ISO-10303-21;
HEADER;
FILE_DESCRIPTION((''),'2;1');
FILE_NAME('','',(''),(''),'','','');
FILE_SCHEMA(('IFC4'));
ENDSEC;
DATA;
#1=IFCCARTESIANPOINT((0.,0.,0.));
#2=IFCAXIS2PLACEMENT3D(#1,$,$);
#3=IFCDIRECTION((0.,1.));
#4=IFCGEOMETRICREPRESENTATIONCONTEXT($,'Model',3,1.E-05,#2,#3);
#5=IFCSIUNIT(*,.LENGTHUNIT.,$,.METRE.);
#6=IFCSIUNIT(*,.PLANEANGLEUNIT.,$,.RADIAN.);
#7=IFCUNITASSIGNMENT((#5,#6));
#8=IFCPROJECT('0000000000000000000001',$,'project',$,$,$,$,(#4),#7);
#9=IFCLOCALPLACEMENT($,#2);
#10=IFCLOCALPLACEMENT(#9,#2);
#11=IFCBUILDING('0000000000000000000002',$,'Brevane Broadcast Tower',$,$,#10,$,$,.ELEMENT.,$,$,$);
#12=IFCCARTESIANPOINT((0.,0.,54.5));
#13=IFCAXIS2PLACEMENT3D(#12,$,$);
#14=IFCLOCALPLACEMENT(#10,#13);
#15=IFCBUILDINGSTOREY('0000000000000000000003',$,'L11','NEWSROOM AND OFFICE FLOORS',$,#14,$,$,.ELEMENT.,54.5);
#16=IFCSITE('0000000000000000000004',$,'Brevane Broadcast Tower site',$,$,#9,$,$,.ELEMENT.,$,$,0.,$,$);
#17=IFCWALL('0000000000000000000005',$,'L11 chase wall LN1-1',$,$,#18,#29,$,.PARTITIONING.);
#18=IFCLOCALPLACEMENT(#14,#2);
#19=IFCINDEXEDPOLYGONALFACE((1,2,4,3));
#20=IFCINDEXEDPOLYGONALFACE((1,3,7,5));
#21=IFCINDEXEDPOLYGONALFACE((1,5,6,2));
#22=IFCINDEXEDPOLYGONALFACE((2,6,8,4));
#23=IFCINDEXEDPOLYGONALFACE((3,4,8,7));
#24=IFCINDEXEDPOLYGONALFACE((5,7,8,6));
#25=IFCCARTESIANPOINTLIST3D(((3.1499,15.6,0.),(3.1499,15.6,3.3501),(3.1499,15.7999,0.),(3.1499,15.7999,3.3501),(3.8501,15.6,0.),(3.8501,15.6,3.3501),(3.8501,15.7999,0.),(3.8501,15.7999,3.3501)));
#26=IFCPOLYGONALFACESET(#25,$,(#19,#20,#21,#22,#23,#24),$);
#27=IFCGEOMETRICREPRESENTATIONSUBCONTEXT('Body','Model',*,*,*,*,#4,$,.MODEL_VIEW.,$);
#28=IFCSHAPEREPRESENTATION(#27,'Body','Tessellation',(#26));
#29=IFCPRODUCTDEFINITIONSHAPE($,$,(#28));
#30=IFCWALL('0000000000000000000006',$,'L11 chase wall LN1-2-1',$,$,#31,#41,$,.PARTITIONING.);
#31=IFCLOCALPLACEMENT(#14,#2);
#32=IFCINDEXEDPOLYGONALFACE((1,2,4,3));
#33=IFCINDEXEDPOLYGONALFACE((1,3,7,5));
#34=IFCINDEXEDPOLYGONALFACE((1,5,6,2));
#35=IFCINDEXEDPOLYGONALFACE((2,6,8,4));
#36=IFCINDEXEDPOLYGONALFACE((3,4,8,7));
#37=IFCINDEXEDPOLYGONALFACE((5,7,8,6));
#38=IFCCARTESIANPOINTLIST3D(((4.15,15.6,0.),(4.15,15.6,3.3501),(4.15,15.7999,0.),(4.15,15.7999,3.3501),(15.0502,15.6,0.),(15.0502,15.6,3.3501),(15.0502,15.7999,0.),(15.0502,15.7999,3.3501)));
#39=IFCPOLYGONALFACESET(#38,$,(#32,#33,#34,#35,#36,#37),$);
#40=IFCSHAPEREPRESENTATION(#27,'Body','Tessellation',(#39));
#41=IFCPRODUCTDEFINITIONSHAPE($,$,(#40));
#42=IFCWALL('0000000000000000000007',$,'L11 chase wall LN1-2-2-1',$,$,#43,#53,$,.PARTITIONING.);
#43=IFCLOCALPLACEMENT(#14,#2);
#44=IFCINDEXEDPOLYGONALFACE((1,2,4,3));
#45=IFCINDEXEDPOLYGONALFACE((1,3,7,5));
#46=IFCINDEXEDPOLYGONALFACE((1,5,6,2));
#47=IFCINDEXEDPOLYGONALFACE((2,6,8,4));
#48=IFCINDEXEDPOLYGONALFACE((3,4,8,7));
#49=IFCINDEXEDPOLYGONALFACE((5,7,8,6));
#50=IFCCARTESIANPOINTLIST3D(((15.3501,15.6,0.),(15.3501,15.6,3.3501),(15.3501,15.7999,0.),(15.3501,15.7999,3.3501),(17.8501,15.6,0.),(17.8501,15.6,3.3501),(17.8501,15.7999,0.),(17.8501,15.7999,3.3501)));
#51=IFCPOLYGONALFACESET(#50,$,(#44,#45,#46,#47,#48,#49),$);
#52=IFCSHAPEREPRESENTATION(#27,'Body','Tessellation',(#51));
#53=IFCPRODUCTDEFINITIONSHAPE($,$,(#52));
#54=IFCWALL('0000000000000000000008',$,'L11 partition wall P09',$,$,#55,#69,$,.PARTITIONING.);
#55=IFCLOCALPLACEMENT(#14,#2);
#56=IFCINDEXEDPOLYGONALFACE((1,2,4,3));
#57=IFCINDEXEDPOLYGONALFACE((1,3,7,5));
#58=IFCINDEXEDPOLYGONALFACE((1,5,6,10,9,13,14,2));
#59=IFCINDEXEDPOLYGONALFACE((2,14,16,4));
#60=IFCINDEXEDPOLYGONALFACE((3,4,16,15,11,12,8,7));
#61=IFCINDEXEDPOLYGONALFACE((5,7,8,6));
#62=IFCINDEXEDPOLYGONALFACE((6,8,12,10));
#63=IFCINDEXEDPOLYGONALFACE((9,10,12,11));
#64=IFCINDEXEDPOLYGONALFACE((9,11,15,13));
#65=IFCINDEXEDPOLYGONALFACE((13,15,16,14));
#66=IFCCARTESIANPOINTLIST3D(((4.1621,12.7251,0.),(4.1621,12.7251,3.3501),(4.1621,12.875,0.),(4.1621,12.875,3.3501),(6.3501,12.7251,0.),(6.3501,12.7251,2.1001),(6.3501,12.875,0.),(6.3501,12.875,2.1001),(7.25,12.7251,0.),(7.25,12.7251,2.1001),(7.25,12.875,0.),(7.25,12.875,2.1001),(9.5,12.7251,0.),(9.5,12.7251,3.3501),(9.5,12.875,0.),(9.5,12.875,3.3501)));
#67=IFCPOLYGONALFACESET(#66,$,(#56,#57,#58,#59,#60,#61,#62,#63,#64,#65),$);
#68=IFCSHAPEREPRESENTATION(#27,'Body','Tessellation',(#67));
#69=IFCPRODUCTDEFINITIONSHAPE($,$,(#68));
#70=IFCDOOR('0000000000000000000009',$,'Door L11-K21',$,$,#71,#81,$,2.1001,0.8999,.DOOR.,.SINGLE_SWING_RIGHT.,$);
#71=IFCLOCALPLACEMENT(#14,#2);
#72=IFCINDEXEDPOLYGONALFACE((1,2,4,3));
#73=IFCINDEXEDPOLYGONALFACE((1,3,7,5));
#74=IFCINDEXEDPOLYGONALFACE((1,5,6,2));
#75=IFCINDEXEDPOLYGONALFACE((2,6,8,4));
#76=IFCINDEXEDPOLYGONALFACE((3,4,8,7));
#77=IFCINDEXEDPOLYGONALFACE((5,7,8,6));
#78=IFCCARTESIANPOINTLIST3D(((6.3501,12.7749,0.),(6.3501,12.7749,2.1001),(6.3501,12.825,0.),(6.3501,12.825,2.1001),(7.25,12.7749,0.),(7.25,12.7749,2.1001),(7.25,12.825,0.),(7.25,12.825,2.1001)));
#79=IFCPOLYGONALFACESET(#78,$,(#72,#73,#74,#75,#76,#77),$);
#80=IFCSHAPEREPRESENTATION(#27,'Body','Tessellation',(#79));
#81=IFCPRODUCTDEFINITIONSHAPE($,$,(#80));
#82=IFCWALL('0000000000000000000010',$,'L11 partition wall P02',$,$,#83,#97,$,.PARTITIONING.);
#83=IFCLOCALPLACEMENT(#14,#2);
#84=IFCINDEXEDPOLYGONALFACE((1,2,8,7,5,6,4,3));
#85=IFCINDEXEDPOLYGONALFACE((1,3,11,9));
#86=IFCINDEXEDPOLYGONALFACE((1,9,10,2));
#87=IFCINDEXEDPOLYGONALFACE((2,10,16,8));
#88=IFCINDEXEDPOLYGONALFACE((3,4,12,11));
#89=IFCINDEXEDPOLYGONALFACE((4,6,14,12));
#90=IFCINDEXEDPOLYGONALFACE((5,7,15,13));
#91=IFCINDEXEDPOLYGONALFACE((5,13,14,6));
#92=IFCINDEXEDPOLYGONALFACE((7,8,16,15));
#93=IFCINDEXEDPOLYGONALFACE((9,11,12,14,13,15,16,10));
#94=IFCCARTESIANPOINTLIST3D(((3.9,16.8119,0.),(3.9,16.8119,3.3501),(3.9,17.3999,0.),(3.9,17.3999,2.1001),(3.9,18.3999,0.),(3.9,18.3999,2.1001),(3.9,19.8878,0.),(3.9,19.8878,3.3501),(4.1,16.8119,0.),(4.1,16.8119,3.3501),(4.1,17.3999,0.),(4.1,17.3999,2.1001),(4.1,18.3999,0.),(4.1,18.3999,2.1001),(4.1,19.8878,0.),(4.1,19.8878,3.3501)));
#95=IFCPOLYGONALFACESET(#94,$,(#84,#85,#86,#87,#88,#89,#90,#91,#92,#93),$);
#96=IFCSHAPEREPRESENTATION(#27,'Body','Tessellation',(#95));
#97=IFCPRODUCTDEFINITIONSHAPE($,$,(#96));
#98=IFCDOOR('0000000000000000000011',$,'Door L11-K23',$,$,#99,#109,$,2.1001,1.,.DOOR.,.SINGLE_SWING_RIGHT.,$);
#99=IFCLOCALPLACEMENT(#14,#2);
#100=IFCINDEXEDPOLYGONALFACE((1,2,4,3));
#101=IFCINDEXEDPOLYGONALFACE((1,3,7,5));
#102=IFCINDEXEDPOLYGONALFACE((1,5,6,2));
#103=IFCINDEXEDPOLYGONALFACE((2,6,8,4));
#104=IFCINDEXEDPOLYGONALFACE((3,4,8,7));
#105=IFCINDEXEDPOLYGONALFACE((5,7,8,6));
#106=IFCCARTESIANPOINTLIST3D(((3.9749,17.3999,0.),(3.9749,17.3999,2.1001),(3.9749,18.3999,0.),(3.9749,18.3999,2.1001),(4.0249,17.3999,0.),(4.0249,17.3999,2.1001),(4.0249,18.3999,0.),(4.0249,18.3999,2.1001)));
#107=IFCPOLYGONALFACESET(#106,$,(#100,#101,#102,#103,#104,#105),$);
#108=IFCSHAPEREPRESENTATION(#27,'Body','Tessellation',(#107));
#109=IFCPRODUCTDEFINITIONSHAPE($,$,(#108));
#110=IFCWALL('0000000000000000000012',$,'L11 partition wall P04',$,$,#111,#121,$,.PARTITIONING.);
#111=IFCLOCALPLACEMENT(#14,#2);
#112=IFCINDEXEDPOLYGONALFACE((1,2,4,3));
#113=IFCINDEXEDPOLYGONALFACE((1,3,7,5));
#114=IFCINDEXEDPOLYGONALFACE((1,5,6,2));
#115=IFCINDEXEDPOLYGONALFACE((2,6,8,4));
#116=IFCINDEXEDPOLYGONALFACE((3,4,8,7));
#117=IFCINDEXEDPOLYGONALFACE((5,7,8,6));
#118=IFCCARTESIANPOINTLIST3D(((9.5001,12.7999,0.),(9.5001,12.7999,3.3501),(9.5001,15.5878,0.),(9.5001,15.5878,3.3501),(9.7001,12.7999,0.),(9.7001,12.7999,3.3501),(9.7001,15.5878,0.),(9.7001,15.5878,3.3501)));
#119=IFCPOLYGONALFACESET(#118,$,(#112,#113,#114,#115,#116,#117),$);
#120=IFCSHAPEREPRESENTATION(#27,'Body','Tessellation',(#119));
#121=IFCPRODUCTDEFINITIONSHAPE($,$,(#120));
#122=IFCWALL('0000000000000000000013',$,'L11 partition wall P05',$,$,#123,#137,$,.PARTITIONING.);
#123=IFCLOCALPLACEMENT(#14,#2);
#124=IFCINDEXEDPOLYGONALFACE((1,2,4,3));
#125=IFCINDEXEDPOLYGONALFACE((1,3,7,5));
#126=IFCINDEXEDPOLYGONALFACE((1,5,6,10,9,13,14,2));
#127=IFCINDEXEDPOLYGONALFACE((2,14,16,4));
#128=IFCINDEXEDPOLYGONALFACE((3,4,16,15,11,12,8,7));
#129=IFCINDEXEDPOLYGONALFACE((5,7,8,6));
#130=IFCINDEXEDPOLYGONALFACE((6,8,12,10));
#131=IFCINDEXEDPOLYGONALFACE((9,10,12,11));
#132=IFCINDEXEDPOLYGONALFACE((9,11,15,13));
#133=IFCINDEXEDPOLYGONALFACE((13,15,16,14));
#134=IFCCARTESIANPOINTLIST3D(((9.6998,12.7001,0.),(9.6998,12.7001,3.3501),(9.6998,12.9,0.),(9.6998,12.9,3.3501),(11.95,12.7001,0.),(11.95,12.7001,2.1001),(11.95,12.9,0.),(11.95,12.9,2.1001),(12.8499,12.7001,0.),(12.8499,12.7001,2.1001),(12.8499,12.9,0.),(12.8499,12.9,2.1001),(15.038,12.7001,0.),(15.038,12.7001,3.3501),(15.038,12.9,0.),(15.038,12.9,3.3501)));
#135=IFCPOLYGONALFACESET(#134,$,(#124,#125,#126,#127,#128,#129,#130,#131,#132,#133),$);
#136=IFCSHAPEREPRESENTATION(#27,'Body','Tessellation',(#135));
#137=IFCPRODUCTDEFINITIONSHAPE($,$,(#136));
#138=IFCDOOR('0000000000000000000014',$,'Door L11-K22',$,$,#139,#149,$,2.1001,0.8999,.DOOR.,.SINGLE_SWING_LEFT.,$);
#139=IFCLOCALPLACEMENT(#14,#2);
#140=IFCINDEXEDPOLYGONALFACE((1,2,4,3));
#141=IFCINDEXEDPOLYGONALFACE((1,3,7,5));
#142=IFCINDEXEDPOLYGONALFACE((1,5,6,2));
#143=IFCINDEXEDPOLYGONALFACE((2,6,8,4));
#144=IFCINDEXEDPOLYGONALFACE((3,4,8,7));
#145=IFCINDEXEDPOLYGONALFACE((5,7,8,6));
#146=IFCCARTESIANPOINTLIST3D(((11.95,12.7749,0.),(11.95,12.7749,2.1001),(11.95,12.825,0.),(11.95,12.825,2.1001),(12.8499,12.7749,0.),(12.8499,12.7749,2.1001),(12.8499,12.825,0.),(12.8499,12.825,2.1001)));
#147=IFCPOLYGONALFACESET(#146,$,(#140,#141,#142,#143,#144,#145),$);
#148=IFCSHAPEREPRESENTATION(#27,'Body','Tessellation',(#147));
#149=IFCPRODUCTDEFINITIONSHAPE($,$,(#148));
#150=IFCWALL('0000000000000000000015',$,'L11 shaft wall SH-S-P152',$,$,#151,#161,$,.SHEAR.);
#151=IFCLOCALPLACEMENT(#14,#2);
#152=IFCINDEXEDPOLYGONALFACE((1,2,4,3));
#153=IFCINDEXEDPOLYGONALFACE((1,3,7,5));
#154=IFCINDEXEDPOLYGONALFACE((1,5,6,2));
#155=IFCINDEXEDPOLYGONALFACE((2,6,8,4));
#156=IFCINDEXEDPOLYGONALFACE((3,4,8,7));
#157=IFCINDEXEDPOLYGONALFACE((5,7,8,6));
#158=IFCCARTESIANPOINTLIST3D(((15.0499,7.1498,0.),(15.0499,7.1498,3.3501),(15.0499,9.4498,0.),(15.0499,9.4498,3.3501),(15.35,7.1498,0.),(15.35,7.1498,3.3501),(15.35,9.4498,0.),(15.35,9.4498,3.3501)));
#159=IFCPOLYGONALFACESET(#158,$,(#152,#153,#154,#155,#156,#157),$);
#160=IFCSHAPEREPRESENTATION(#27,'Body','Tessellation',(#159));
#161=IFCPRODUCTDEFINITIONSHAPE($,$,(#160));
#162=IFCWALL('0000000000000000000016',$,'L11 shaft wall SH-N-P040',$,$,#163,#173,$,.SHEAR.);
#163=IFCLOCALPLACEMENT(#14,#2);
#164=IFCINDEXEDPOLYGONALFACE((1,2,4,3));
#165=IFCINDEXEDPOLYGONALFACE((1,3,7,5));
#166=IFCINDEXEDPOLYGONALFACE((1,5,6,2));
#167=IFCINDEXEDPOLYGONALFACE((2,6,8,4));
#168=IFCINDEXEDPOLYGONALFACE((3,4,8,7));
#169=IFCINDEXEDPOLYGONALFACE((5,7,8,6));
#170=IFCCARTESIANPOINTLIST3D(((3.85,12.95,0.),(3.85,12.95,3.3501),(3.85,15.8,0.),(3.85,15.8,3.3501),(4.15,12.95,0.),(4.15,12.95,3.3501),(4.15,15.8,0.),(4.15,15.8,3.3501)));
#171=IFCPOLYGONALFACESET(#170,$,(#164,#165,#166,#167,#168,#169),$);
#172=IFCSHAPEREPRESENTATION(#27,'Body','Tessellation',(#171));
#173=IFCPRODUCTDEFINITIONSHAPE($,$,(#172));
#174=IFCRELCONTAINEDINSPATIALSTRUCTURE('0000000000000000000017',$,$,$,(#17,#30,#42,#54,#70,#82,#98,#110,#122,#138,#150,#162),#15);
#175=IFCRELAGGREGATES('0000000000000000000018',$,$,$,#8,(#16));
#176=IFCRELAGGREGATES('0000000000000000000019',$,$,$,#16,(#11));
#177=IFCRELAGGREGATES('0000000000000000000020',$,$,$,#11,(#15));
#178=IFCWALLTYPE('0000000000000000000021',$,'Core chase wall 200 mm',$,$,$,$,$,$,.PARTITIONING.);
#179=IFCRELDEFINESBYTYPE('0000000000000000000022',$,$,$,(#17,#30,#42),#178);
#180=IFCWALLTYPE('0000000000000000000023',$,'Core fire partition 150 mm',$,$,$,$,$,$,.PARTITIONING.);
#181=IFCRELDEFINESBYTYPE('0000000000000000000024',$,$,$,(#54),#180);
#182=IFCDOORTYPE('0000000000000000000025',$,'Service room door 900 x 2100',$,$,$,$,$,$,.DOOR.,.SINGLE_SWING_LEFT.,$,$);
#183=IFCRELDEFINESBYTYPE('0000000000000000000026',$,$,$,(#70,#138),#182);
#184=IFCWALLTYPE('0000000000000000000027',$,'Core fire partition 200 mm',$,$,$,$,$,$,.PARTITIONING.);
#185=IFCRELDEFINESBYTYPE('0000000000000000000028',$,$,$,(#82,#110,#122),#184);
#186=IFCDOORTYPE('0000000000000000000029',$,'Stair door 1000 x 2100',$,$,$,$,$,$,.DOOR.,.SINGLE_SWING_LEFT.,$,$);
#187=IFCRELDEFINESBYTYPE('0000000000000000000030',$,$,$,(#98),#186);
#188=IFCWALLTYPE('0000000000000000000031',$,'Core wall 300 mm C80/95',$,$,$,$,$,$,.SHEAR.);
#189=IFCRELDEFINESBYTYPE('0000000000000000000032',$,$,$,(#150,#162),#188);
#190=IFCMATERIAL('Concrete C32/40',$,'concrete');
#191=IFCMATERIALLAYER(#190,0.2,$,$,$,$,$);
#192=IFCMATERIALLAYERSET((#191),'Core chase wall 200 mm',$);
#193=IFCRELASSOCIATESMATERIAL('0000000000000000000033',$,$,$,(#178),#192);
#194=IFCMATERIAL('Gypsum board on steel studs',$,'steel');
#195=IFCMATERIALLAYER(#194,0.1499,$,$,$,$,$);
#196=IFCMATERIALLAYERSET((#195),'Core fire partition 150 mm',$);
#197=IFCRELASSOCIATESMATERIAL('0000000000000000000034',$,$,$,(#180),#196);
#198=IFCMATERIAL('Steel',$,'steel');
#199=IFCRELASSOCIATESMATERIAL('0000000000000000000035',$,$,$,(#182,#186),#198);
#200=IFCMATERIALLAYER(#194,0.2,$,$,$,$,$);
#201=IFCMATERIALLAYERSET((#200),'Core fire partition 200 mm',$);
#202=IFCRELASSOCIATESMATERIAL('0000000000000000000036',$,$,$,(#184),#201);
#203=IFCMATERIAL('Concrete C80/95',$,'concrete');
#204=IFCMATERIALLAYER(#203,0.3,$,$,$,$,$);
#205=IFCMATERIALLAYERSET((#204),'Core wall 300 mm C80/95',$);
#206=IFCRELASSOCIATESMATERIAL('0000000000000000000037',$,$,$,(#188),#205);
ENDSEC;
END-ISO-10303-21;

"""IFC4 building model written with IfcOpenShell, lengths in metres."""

from ifc_helpers import new_model, si_unit, direction, frame, frame_2d, origin, place, context, subcontext, project, spatial, rectangle, extrude, material, layer, layer_set, type_object, element, fill, save


model = new_model("IFC4")

# Units and contexts
model_context = context("Model", 3, precision=1e-05, world=origin(), true_north=direction((0.0, 1.0)))
body_context = subcontext(model_context, "Body", "Model", "MODEL_VIEW")
ifc_project = project(units=[si_unit("LENGTHUNIT", "METRE"), si_unit("PLANEANGLEUNIT", "RADIAN")], contexts=[model_context])

# Site, building, storey
site_placement = place(None, origin())
site = spatial("IfcSite", under=ifc_project, at=site_placement, Name="Brevane Broadcast Tower site", CompositionType="ELEMENT", RefElevation=0.0)
building_placement = place(site_placement, origin())
building = spatial("IfcBuilding", under=site, at=building_placement, Name="Brevane Broadcast Tower", CompositionType="ELEMENT")
storey_placement = place(building_placement, frame((0.0, 0.0, 54.5)))
storey = spatial("IfcBuildingStorey", under=building, at=storey_placement, Name="L11", Description="NEWSROOM AND OFFICE FLOORS", CompositionType="ELEMENT", Elevation=54.5)

# Walls
ifc_material_1 = material(Name="Concrete C32/40", Category="concrete")
ifc_layer_1 = layer(ifc_material_1, 0.2)
ifc_layer_set_1 = layer_set([ifc_layer_1], Name="Core chase wall 200 mm")
wall_type_1 = type_object("IfcWallType", Name="Core chase wall 200 mm", PredefinedType="PARTITIONING", material=ifc_layer_set_1)
wall_1_placement = place(storey_placement, frame((3.1499, 15.7, 0.0), z_axis=(0.0, 0.0, 1.0), x_axis=(1.0, 0.0, 0.0)))
element("IfcWall", 1, at=wall_1_placement, inside=storey, type_object=wall_type_1, Name="L11 chase wall LN1-1", PredefinedType="PARTITIONING", context=body_context, shape_type="SweptSolid", body=[
    extrude(rectangle(XDim=0.7002, YDim=0.2, at=frame_2d((0.3501, 0.0))), origin(), (0.0, 0.0, 1.0), 3.3501),
])
wall_2_placement = place(storey_placement, frame((4.1499, 15.7, 0.0), z_axis=(0.0, 0.0, 1.0), x_axis=(1.0, 0.0, 0.0)))
element("IfcWall", 2, at=wall_2_placement, inside=storey, type_object=wall_type_1, Name="L11 chase wall LN1-2-1", PredefinedType="PARTITIONING", context=body_context, shape_type="SweptSolid", body=[
    extrude(rectangle(XDim=10.9001, YDim=0.2, at=frame_2d((5.4502, 0.0))), origin(), (0.0, 0.0, 1.0), 3.3501),
])
wall_3_placement = place(storey_placement, frame((15.3501, 15.7, 0.0), z_axis=(0.0, 0.0, 1.0), x_axis=(1.0, 0.0, 0.0)))
element("IfcWall", 3, at=wall_3_placement, inside=storey, type_object=wall_type_1, Name="L11 chase wall LN1-2-2-1", PredefinedType="PARTITIONING", context=body_context, shape_type="SweptSolid", body=[
    extrude(rectangle(XDim=2.5, YDim=0.2, at=frame_2d((1.25, 0.0))), origin(), (0.0, 0.0, 1.0), 3.3501),
])

# Walls, openings, doors
ifc_material_2 = material(Name="Gypsum board on steel studs", Category="steel")
ifc_layer_2 = layer(ifc_material_2, 0.1499)
ifc_layer_set_2 = layer_set([ifc_layer_2], Name="Core fire partition 150 mm")
wall_type_2 = type_object("IfcWallType", Name="Core fire partition 150 mm", PredefinedType="PARTITIONING", material=ifc_layer_set_2)
wall_4_placement = place(storey_placement, frame((4.1621, 12.8, 0.0), z_axis=(0.0, 0.0, 1.0), x_axis=(1.0, 0.0, 0.0)))
wall_4 = element("IfcWall", 4, at=wall_4_placement, inside=storey, type_object=wall_type_2, Name="L11 partition wall P09", PredefinedType="PARTITIONING", context=body_context, shape_type="SweptSolid", body=[
    extrude(rectangle(XDim=5.3379, YDim=0.1499, at=frame_2d((2.6689, 0.0))), origin(), (0.0, 0.0, 1.0), 3.3501),
])
opening_1_placement = place(wall_4_placement, frame((2.188, 0.0, 0.0)))
opening_1 = element("IfcOpeningElement", 5, at=opening_1_placement, cuts=wall_4, PredefinedType="OPENING", context=body_context, shape_type="SweptSolid", body=[
    extrude(rectangle(XDim=0.8999, YDim=2.1001, at=frame_2d((0.45, 1.05))), frame((0.0, 0.085, 0.0), z_axis=(0.0, -1.0, 0.0), x_axis=(1.0, 0.0, 0.0)), (0.0, 0.0, 1.0), 0.1699),
])
ifc_material_3 = material(Name="Steel", Category="steel")
door_type_1 = type_object("IfcDoorType", Name="Service room door 900 x 2100", OperationType="SINGLE_SWING_LEFT", PredefinedType="DOOR", material=ifc_material_3)
door_1_placement = place(opening_1_placement, origin())
door_1 = element("IfcDoor", 6, at=door_1_placement, inside=storey, type_object=door_type_1, Name="Door L11-K21", OperationType="SINGLE_SWING_RIGHT", OverallHeight=2.1001, OverallWidth=0.8999, PredefinedType="DOOR", context=body_context, shape_type="SweptSolid", body=[
    extrude(rectangle(XDim=0.8999, YDim=2.1001, at=frame_2d((0.45, 1.05))), frame((0.0, 0.0249, 0.0), z_axis=(0.0, -1.0, 0.0), x_axis=(1.0, 0.0, 0.0)), (0.0, 0.0, 1.0), 0.05),
])
fill(opening_1, door_1)
ifc_layer_3 = layer(ifc_material_2, 0.2)
ifc_layer_set_3 = layer_set([ifc_layer_3], Name="Core fire partition 200 mm")
wall_type_3 = type_object("IfcWallType", Name="Core fire partition 200 mm", PredefinedType="PARTITIONING", material=ifc_layer_set_3)
wall_5_placement = place(storey_placement, frame((4.0, 19.8879, 0.0), z_axis=(0.0, 0.0, 1.0), x_axis=(0.0, -1.0, 0.0)))
wall_5 = element("IfcWall", 7, at=wall_5_placement, inside=storey, type_object=wall_type_3, Name="L11 partition wall P02", PredefinedType="PARTITIONING", context=body_context, shape_type="SweptSolid", body=[
    extrude(rectangle(XDim=3.0759, YDim=0.2, at=frame_2d((1.5381, 0.0))), origin(), (0.0, 0.0, 1.0), 3.3501),
])
opening_2_placement = place(wall_5_placement, frame((1.488, 0.0, 0.0)))
opening_2 = element("IfcOpeningElement", 8, at=opening_2_placement, cuts=wall_5, PredefinedType="OPENING", context=body_context, shape_type="SweptSolid", body=[
    extrude(rectangle(XDim=1.0, YDim=2.1001, at=frame_2d((0.5, 1.05))), frame((0.0, 0.1099, 0.0), z_axis=(0.0, -1.0, 0.0), x_axis=(1.0, 0.0, 0.0)), (0.0, 0.0, 1.0), 0.22),
])
door_type_2 = type_object("IfcDoorType", Name="Stair door 1000 x 2100", OperationType="SINGLE_SWING_LEFT", PredefinedType="DOOR", material=ifc_material_3)
door_2_placement = place(opening_2_placement, origin())
door_2 = element("IfcDoor", 9, at=door_2_placement, inside=storey, type_object=door_type_2, Name="Door L11-K23", OperationType="SINGLE_SWING_RIGHT", OverallHeight=2.1001, OverallWidth=1.0, PredefinedType="DOOR", context=body_context, shape_type="SweptSolid", body=[
    extrude(rectangle(XDim=1.0, YDim=2.1001, at=frame_2d((0.5, 1.05))), frame((0.0, 0.0249, 0.0), z_axis=(0.0, -1.0, 0.0), x_axis=(1.0, 0.0, 0.0)), (0.0, 0.0, 1.0), 0.05),
])
fill(opening_2, door_2)

# Wall
wall_6_placement = place(storey_placement, frame((9.6001, 15.5879, 0.0), z_axis=(0.0, 0.0, 1.0), x_axis=(0.0, -1.0, 0.0)))
element("IfcWall", 10, at=wall_6_placement, inside=storey, type_object=wall_type_3, Name="L11 partition wall P04", PredefinedType="PARTITIONING", context=body_context, shape_type="SweptSolid", body=[
    extrude(rectangle(XDim=2.7878, YDim=0.2, at=frame_2d((1.394, 0.0))), origin(), (0.0, 0.0, 1.0), 3.3501),
])

# Wall, opening, door
wall_7_placement = place(storey_placement, frame((9.7, 12.8, 0.0), z_axis=(0.0, 0.0, 1.0), x_axis=(1.0, 0.0, 0.0)))
wall_7 = element("IfcWall", 11, at=wall_7_placement, inside=storey, type_object=wall_type_3, Name="L11 partition wall P05", PredefinedType="PARTITIONING", context=body_context, shape_type="SweptSolid", body=[
    extrude(rectangle(XDim=5.3381, YDim=0.2, at=frame_2d((2.6689, 0.0))), origin(), (0.0, 0.0, 1.0), 3.3501),
])
opening_3_placement = place(wall_7_placement, frame((2.25, 0.0, 0.0)))
opening_3 = element("IfcOpeningElement", 12, at=opening_3_placement, cuts=wall_7, PredefinedType="OPENING", context=body_context, shape_type="SweptSolid", body=[
    extrude(rectangle(XDim=0.8999, YDim=2.1001, at=frame_2d((0.45, 1.05))), frame((0.0, 0.1099, 0.0), z_axis=(0.0, -1.0, 0.0), x_axis=(1.0, 0.0, 0.0)), (0.0, 0.0, 1.0), 0.22),
])
door_3_placement = place(opening_3_placement, origin())
door_3 = element("IfcDoor", 13, at=door_3_placement, inside=storey, type_object=door_type_1, Name="Door L11-K22", OperationType="SINGLE_SWING_LEFT", OverallHeight=2.1001, OverallWidth=0.8999, PredefinedType="DOOR", context=body_context, shape_type="SweptSolid", body=[
    extrude(rectangle(XDim=0.8999, YDim=2.1001, at=frame_2d((0.45, 1.05))), frame((0.0, 0.0249, 0.0), z_axis=(0.0, -1.0, 0.0), x_axis=(1.0, 0.0, 0.0)), (0.0, 0.0, 1.0), 0.05),
])
fill(opening_3, door_3)

# Walls
ifc_material_4 = material(Name="Concrete C80/95", Category="concrete")
ifc_layer_4 = layer(ifc_material_4, 0.3)
ifc_layer_set_4 = layer_set([ifc_layer_4], Name="Core wall 300 mm C80/95")
wall_type_4 = type_object("IfcWallType", Name="Core wall 300 mm C80/95", PredefinedType="SHEAR", material=ifc_layer_set_4)
wall_8_placement = place(storey_placement, frame((15.2, 7.1499, 0.0), z_axis=(0.0, 0.0, 1.0), x_axis=(0.0, 1.0, 0.0)))
element("IfcWall", 14, at=wall_8_placement, inside=storey, type_object=wall_type_4, Name="L11 shaft wall SH-S-P152", PredefinedType="SHEAR", context=body_context, shape_type="SweptSolid", body=[
    extrude(rectangle(XDim=2.3, YDim=0.3, at=frame_2d((1.1499, 0.0))), origin(), (0.0, 0.0, 1.0), 3.3501),
])
wall_9_placement = place(storey_placement, frame((4.0, 12.95, 0.0), z_axis=(0.0, 0.0, 1.0), x_axis=(0.0, 1.0, 0.0)))
element("IfcWall", 15, at=wall_9_placement, inside=storey, type_object=wall_type_4, Name="L11 shaft wall SH-N-P040", PredefinedType="SHEAR", context=body_context, shape_type="SweptSolid", body=[
    extrude(rectangle(XDim=2.8501, YDim=0.3, at=frame_2d((1.425, 0.0))), origin(), (0.0, 0.0, 1.0), 3.3501),
])

save(model, "model.ifc")
